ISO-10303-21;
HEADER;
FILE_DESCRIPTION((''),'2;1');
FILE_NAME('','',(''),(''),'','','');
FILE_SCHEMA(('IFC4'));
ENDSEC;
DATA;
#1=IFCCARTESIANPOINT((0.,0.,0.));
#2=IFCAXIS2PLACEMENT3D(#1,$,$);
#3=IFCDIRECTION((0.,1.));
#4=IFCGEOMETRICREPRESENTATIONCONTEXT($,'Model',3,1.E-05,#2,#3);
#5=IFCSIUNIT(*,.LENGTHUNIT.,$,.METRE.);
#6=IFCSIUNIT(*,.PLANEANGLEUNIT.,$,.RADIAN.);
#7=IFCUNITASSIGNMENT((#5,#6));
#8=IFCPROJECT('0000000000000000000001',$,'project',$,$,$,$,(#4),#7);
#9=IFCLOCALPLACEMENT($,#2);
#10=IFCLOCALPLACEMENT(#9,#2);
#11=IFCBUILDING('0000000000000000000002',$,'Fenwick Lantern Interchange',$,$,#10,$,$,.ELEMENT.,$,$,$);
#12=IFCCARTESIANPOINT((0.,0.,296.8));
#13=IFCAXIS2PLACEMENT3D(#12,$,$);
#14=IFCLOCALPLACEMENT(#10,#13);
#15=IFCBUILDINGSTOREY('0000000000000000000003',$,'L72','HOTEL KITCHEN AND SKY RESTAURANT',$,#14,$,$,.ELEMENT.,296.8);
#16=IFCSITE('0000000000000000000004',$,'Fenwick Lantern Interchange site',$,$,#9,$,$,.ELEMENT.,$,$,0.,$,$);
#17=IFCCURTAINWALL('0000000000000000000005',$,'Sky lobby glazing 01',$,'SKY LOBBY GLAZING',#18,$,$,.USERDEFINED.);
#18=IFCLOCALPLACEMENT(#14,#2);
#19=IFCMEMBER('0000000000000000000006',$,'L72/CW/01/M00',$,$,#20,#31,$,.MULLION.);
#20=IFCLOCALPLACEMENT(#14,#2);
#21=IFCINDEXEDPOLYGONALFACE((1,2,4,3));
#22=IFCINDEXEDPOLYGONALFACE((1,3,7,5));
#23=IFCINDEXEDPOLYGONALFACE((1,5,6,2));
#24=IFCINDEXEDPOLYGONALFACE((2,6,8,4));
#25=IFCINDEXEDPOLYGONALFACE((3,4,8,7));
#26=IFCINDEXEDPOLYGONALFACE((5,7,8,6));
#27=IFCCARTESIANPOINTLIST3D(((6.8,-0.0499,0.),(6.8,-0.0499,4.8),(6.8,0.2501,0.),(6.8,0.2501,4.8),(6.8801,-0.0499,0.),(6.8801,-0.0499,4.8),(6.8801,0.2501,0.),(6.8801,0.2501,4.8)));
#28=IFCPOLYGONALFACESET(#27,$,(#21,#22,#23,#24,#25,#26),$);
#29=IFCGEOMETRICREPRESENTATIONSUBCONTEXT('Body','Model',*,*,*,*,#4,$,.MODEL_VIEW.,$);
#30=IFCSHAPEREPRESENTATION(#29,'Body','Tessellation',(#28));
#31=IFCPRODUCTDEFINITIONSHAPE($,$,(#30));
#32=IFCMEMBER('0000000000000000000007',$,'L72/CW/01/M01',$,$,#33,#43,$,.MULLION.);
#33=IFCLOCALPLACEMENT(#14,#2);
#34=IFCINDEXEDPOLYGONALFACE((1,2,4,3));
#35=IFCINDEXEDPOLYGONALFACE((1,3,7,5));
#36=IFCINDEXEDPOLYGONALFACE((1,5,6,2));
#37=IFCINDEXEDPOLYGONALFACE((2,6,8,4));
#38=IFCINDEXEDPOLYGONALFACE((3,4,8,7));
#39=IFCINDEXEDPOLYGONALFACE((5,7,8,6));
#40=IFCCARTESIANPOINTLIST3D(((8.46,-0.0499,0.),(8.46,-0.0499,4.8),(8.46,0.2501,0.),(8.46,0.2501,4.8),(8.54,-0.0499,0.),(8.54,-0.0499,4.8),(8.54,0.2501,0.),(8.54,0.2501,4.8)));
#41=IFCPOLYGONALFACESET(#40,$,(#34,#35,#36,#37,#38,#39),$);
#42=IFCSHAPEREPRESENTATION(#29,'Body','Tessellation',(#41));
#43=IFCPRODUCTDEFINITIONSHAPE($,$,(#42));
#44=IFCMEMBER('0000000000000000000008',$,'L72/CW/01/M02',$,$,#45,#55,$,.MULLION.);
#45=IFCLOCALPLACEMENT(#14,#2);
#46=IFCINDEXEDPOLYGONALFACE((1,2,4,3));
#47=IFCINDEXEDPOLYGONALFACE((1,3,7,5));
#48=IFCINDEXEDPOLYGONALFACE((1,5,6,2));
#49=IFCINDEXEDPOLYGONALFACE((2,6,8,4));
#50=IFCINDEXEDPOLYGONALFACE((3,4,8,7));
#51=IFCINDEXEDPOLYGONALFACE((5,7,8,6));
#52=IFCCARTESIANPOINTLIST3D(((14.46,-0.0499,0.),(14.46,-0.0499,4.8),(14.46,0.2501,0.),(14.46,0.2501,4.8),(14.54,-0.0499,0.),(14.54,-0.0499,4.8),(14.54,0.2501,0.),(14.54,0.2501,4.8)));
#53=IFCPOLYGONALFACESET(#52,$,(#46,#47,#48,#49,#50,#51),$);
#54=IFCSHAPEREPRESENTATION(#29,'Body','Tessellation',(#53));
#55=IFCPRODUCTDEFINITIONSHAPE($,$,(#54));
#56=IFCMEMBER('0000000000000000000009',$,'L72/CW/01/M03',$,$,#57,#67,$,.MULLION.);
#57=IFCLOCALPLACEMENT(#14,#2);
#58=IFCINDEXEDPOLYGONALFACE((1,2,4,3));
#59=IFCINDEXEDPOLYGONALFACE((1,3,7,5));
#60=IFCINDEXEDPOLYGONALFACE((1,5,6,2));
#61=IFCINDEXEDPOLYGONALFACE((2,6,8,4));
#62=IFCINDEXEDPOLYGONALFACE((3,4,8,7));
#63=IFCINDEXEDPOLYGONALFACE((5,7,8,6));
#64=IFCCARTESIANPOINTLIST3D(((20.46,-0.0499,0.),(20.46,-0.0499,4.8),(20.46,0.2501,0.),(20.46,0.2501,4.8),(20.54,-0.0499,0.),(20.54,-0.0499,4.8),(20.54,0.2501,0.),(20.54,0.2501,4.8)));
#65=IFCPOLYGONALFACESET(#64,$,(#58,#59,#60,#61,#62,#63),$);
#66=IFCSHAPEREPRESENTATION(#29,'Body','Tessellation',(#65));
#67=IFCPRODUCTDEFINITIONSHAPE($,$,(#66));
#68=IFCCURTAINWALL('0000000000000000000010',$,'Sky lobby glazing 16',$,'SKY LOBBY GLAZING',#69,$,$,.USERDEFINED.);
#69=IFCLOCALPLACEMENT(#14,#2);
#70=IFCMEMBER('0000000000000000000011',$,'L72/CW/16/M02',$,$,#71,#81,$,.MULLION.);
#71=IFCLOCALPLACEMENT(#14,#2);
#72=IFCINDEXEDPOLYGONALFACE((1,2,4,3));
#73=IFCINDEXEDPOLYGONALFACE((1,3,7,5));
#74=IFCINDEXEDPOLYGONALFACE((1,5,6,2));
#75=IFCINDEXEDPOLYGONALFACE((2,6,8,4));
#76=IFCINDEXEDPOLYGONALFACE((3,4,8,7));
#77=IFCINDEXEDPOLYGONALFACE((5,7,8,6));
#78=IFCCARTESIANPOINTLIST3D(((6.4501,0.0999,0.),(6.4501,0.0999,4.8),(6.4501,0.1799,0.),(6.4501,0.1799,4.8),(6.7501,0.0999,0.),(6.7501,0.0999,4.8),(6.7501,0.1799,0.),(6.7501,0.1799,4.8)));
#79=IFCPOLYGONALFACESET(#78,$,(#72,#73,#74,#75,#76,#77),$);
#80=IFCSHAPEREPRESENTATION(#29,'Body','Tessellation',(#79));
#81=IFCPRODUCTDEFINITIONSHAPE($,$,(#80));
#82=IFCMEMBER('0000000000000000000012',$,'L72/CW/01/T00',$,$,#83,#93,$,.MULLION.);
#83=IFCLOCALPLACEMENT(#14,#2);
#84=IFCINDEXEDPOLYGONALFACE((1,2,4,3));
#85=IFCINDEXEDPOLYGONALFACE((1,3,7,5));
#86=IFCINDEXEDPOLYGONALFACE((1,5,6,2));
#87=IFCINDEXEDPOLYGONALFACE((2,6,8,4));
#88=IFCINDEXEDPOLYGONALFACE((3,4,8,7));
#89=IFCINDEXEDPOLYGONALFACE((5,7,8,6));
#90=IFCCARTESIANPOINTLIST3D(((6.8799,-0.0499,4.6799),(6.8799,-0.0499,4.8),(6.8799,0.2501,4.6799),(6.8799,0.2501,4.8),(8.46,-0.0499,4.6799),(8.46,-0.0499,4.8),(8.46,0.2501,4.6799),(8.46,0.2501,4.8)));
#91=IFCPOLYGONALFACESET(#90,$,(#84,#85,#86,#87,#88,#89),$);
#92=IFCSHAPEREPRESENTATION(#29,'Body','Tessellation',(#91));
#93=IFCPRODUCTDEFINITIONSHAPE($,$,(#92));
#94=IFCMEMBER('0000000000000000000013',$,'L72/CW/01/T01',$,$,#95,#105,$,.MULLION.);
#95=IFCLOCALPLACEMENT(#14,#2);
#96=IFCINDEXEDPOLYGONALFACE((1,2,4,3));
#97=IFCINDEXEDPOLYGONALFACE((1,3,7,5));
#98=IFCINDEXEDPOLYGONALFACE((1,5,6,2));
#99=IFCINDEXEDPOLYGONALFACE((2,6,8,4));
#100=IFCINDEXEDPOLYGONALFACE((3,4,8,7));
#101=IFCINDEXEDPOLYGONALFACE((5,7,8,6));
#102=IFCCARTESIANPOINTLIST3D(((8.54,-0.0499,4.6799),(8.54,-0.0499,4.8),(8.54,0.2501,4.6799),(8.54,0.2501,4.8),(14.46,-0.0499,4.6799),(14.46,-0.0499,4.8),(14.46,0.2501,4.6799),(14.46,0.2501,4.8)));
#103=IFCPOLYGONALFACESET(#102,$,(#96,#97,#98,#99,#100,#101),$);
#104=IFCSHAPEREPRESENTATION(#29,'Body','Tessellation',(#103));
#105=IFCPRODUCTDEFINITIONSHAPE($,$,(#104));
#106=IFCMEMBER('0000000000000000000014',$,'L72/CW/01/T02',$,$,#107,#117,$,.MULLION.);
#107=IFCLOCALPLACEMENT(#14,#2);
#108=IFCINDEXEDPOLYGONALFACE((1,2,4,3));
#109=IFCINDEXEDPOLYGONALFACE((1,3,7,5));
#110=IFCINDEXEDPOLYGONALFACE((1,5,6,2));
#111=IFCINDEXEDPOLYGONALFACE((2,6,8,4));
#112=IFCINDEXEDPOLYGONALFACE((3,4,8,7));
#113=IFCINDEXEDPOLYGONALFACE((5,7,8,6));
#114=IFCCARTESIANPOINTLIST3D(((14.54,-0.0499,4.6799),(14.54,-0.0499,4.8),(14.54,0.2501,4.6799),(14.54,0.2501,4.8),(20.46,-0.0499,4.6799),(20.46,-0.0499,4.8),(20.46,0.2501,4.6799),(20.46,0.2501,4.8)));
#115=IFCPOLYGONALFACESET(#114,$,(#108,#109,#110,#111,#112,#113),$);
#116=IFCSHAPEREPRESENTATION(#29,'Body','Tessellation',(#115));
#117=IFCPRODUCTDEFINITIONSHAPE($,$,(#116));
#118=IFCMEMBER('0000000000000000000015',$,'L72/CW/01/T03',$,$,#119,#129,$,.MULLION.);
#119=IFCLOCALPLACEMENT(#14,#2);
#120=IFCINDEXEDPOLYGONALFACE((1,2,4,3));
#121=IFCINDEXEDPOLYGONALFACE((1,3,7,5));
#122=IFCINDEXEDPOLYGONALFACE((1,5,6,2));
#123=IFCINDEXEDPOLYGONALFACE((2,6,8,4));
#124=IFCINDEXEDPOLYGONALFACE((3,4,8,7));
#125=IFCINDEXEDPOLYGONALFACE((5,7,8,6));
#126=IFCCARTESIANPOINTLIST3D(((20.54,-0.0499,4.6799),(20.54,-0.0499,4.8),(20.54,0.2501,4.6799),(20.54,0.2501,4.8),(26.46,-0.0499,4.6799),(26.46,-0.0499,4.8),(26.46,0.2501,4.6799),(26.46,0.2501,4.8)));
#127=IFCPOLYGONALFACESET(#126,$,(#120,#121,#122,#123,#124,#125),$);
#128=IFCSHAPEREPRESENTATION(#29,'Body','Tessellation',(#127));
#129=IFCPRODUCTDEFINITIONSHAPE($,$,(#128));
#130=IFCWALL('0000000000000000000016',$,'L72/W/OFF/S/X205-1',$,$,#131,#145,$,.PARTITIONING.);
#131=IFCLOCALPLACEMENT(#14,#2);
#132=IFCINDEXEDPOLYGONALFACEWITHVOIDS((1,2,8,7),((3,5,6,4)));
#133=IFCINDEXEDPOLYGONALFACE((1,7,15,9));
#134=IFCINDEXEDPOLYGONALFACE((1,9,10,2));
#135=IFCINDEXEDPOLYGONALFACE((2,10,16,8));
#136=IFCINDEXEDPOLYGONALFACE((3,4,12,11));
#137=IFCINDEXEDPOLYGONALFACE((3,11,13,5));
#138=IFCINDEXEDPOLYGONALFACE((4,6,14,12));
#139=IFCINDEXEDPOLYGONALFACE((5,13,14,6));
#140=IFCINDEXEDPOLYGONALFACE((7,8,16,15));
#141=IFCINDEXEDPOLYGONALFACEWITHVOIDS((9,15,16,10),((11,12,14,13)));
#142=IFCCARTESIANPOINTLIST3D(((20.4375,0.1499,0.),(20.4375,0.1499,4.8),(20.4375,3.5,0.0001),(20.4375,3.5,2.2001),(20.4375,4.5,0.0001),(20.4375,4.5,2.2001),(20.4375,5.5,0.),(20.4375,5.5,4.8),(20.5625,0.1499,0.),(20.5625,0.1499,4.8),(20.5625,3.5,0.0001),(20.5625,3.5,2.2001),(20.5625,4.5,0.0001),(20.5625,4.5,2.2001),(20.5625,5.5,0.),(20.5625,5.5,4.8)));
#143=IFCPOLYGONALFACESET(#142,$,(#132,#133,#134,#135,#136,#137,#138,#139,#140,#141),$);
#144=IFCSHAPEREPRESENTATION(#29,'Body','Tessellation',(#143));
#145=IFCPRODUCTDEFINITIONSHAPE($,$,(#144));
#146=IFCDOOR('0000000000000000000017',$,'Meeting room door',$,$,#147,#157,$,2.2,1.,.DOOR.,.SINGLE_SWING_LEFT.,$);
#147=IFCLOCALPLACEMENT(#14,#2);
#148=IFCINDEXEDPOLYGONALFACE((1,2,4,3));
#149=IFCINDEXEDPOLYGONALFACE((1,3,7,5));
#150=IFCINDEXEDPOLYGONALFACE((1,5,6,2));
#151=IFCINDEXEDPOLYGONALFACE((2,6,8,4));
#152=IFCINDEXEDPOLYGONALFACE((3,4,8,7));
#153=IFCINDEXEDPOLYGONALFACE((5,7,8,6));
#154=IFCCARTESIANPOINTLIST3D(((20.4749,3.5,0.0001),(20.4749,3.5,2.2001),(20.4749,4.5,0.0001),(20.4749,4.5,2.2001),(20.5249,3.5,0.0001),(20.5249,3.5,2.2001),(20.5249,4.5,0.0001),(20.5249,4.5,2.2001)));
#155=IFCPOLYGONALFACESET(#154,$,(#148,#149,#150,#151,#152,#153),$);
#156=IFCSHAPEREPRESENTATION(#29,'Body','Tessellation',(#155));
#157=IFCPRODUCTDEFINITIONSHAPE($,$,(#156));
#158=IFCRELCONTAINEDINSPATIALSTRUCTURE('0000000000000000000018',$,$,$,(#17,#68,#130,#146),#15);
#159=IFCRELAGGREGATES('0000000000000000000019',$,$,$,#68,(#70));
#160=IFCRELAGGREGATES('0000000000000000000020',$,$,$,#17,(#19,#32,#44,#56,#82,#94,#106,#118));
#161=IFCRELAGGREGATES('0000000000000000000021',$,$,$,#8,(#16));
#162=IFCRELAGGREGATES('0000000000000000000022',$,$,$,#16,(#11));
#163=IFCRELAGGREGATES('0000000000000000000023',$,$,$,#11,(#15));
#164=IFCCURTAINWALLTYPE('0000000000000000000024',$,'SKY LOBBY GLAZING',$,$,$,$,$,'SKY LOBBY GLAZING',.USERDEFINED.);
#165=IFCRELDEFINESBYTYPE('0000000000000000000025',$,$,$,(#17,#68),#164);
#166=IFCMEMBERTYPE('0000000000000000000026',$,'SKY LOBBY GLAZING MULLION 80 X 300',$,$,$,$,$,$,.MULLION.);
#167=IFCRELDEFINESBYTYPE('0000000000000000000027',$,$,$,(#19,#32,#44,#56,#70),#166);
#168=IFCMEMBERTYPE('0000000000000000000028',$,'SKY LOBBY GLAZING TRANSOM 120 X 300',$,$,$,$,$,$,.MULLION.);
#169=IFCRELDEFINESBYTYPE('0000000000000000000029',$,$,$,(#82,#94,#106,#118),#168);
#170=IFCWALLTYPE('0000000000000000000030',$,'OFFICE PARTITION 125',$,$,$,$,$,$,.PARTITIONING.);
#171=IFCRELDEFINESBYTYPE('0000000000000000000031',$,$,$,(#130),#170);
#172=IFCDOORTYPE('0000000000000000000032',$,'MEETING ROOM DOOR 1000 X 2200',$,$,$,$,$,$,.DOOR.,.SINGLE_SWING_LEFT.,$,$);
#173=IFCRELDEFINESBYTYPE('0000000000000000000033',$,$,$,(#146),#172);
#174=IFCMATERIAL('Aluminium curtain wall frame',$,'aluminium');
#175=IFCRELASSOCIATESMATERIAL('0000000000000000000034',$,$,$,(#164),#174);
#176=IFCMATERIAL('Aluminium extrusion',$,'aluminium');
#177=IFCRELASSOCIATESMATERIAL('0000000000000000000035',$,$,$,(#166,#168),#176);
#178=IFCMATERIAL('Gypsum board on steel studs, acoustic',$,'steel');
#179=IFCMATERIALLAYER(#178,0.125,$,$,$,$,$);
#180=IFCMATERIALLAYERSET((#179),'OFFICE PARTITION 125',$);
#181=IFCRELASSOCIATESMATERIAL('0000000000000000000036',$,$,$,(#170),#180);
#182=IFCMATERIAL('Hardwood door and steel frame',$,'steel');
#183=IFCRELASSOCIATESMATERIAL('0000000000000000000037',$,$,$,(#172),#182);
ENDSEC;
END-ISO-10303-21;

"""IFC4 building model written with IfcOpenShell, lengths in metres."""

from ifc_helpers import new_model, si_unit, direction, frame, frame_2d, origin, origin_2d, place, context, subcontext, project, spatial, rectangle, extrude, material, layer, layer_set, material_profile, profile_set, type_object, element, fill, aggregate, save


model = new_model("IFC4")

# Units and contexts
model_context = context("Model", 3, precision=1e-05, world=origin(), true_north=direction((0.0, 1.0)))
body_context = subcontext(model_context, "Body", "Model", "MODEL_VIEW")
ifc_project = project(units=[si_unit("LENGTHUNIT", "METRE"), si_unit("PLANEANGLEUNIT", "RADIAN")], contexts=[model_context])

# Site, building, storey
site_placement = place(None, origin())
site = spatial("IfcSite", under=ifc_project, at=site_placement, Name="Fenwick Lantern Interchange site", CompositionType="ELEMENT", RefElevation=0.0)
building_placement = place(site_placement, origin())
building = spatial("IfcBuilding", under=site, at=building_placement, Name="Fenwick Lantern Interchange", CompositionType="ELEMENT")
storey_placement = place(building_placement, frame((0.0, 0.0, 296.8)))
storey = spatial("IfcBuildingStorey", under=building, at=storey_placement, Name="L72", Description="HOTEL KITCHEN AND SKY RESTAURANT", CompositionType="ELEMENT", Elevation=296.8)

# Curtain wall, members
ifc_material_1 = material(Name="Aluminium curtain wall frame", Category="aluminium")
curtain_wall_type = type_object("IfcCurtainWallType", Name="SKY LOBBY GLAZING", ElementType="SKY LOBBY GLAZING", PredefinedType="USERDEFINED", material=ifc_material_1)
curtain_wall_1_placement = place(storey_placement, origin())
curtain_wall_1 = element("IfcCurtainWall", 1, at=curtain_wall_1_placement, inside=storey, type_object=curtain_wall_type, Name="Sky lobby glazing 01", ObjectType="SKY LOBBY GLAZING", PredefinedType="USERDEFINED")
ifc_material_2 = material(Name="Aluminium extrusion", Category="aluminium")
ifc_material_profile_1 = material_profile(ifc_material_2, rectangle(XDim=0.3, YDim=0.0801, at=origin_2d()), Name="SKY LOBBY GLAZING MULLION 80 X 300")
ifc_profile_set_1 = profile_set([ifc_material_profile_1], Name="Aluminium extrusion")
member_type_1 = type_object("IfcMemberType", Name="SKY LOBBY GLAZING MULLION 80 X 300", PredefinedType="MULLION", material=ifc_profile_set_1)
member_1_placement = place(storey_placement, frame((6.8401, 0.1001, 0.0), z_axis=(0.0, 0.0, 1.0), x_axis=(0.0, 1.0, 0.0)))
member_1 = element("IfcMember", 2, at=member_1_placement, type_object=member_type_1, Name="L72/CW/01/M00", PredefinedType="MULLION", context=body_context, shape_type="SweptSolid", body=[
    extrude(rectangle(XDim=0.3, YDim=0.0801, at=origin_2d()), origin(), (0.0, 0.0, 1.0), 4.8),
])
member_2_placement = place(storey_placement, frame((8.5, 0.1001, 0.0), z_axis=(0.0, 0.0, 1.0), x_axis=(0.0, 1.0, 0.0)))
member_2 = element("IfcMember", 3, at=member_2_placement, type_object=member_type_1, Name="L72/CW/01/M01", PredefinedType="MULLION", context=body_context, shape_type="SweptSolid", body=[
    extrude(rectangle(XDim=0.3, YDim=0.0801, at=origin_2d()), origin(), (0.0, 0.0, 1.0), 4.8),
])
member_3_placement = place(storey_placement, frame((14.5, 0.1001, 0.0), z_axis=(0.0, 0.0, 1.0), x_axis=(0.0, 1.0, 0.0)))
member_3 = element("IfcMember", 4, at=member_3_placement, type_object=member_type_1, Name="L72/CW/01/M02", PredefinedType="MULLION", context=body_context, shape_type="SweptSolid", body=[
    extrude(rectangle(XDim=0.3, YDim=0.0801, at=origin_2d()), origin(), (0.0, 0.0, 1.0), 4.8),
])
member_4_placement = place(storey_placement, frame((20.5, 0.1001, 0.0), z_axis=(0.0, 0.0, 1.0), x_axis=(0.0, 1.0, 0.0)))
member_4 = element("IfcMember", 5, at=member_4_placement, type_object=member_type_1, Name="L72/CW/01/M03", PredefinedType="MULLION", context=body_context, shape_type="SweptSolid", body=[
    extrude(rectangle(XDim=0.3, YDim=0.0801, at=origin_2d()), origin(), (0.0, 0.0, 1.0), 4.8),
])

# Curtain wall, member
curtain_wall_2_placement = place(storey_placement, origin())
curtain_wall_2 = element("IfcCurtainWall", 6, at=curtain_wall_2_placement, inside=storey, type_object=curtain_wall_type, Name="Sky lobby glazing 16", ObjectType="SKY LOBBY GLAZING", PredefinedType="USERDEFINED")
member_5_placement = place(storey_placement, frame((6.6001, 0.1399, 0.0), z_axis=(0.0, 0.0, 1.0), x_axis=(1.0, 0.0, 0.0)))
member_5 = element("IfcMember", 7, at=member_5_placement, type_object=member_type_1, Name="L72/CW/16/M02", PredefinedType="MULLION", context=body_context, shape_type="SweptSolid", body=[
    extrude(rectangle(XDim=0.3, YDim=0.0801, at=origin_2d()), origin(), (0.0, 0.0, 1.0), 4.8),
])
aggregate(curtain_wall_2, [member_5])

# Members
ifc_material_profile_2 = material_profile(ifc_material_2, rectangle(XDim=0.3, YDim=0.1201, at=origin_2d()), Name="SKY LOBBY GLAZING TRANSOM 120 X 300")
ifc_profile_set_2 = profile_set([ifc_material_profile_2], Name="Aluminium extrusion")
member_type_2 = type_object("IfcMemberType", Name="SKY LOBBY GLAZING TRANSOM 120 X 300", PredefinedType="MULLION", material=ifc_profile_set_2)
member_6_placement = place(storey_placement, frame((6.8799, 0.1001, 4.74), z_axis=(1.0, 0.0, 0.0), x_axis=(0.0, 1.0, 0.0)))
member_6 = element("IfcMember", 8, at=member_6_placement, type_object=member_type_2, Name="L72/CW/01/T00", PredefinedType="MULLION", context=body_context, shape_type="SweptSolid", body=[
    extrude(rectangle(XDim=0.3, YDim=0.1201, at=origin_2d()), origin(), (0.0, 0.0, 1.0), 1.5801),
])
member_7_placement = place(storey_placement, frame((8.54, 0.1001, 4.74), z_axis=(1.0, 0.0, 0.0), x_axis=(0.0, 1.0, 0.0)))
member_7 = element("IfcMember", 9, at=member_7_placement, type_object=member_type_2, Name="L72/CW/01/T01", PredefinedType="MULLION", context=body_context, shape_type="SweptSolid", body=[
    extrude(rectangle(XDim=0.3, YDim=0.1201, at=origin_2d()), origin(), (0.0, 0.0, 1.0), 5.9199),
])
member_8_placement = place(storey_placement, frame((14.54, 0.1001, 4.74), z_axis=(1.0, 0.0, 0.0), x_axis=(0.0, 1.0, 0.0)))
member_8 = element("IfcMember", 10, at=member_8_placement, type_object=member_type_2, Name="L72/CW/01/T02", PredefinedType="MULLION", context=body_context, shape_type="SweptSolid", body=[
    extrude(rectangle(XDim=0.3, YDim=0.1201, at=origin_2d()), origin(), (0.0, 0.0, 1.0), 5.9199),
])
member_9_placement = place(storey_placement, frame((20.54, 0.1001, 4.74), z_axis=(1.0, 0.0, 0.0), x_axis=(0.0, 1.0, 0.0)))
member_9 = element("IfcMember", 11, at=member_9_placement, type_object=member_type_2, Name="L72/CW/01/T03", PredefinedType="MULLION", context=body_context, shape_type="SweptSolid", body=[
    extrude(rectangle(XDim=0.3, YDim=0.1201, at=origin_2d()), origin(), (0.0, 0.0, 1.0), 5.9199),
])

aggregate(curtain_wall_1, [member_1, member_2, member_3, member_4, member_6, member_7, member_8, member_9])

# Wall, opening, door
ifc_material_3 = material(Name="Gypsum board on steel studs, acoustic", Category="steel")
ifc_layer_1 = layer(ifc_material_3, 0.125)
ifc_layer_set_1 = layer_set([ifc_layer_1], Name="OFFICE PARTITION 125")
wall_type = type_object("IfcWallType", Name="OFFICE PARTITION 125", PredefinedType="PARTITIONING", material=ifc_layer_set_1)
wall_placement = place(storey_placement, frame((20.5, 0.1499, 0.0), z_axis=(0.0, 0.0, 1.0), x_axis=(0.0, 1.0, 0.0)))
wall = element("IfcWall", 12, at=wall_placement, inside=storey, type_object=wall_type, Name="L72/W/OFF/S/X205-1", PredefinedType="PARTITIONING", context=body_context, shape_type="SweptSolid", body=[
    extrude(rectangle(XDim=5.3501, YDim=0.125, at=frame_2d((2.675, 0.0))), origin(), (0.0, 0.0, 1.0), 4.8),
])
opening_placement = place(wall_placement, frame((3.3501, 0.0, 0.0)))
opening = element("IfcOpeningElement", 13, at=opening_placement, cuts=wall, PredefinedType="OPENING", context=body_context, shape_type="SweptSolid", body=[
    extrude(rectangle(XDim=1.0, YDim=2.2, at=frame_2d((0.5, 1.1001))), frame((0.0, 0.0725, 0.0), z_axis=(0.0, -1.0, 0.0), x_axis=(1.0, 0.0, 0.0)), (0.0, 0.0, 1.0), 0.145),
])
ifc_material_4 = material(Name="Hardwood door and steel frame", Category="steel")
door_type = type_object("IfcDoorType", Name="MEETING ROOM DOOR 1000 X 2200", OperationType="SINGLE_SWING_LEFT", PredefinedType="DOOR", material=ifc_material_4)
door_placement = place(opening_placement, frame((1.0, 0.0, 0.0), z_axis=(0.0, 0.0, 1.0), x_axis=(-1.0, 0.0, 0.0)))
door = element("IfcDoor", 14, at=door_placement, inside=storey, type_object=door_type, Name="Meeting room door", OperationType="SINGLE_SWING_LEFT", OverallHeight=2.2, OverallWidth=1.0, PredefinedType="DOOR", context=body_context, shape_type="SweptSolid", body=[
    extrude(rectangle(XDim=1.0, YDim=2.2, at=frame_2d((0.5, 1.1001))), frame((0.0, 0.0249, 0.0), z_axis=(0.0, -1.0, 0.0), x_axis=(1.0, 0.0, 0.0)), (0.0, 0.0, 1.0), 0.05),
])
fill(opening, door)

save(model, "model.ifc")
